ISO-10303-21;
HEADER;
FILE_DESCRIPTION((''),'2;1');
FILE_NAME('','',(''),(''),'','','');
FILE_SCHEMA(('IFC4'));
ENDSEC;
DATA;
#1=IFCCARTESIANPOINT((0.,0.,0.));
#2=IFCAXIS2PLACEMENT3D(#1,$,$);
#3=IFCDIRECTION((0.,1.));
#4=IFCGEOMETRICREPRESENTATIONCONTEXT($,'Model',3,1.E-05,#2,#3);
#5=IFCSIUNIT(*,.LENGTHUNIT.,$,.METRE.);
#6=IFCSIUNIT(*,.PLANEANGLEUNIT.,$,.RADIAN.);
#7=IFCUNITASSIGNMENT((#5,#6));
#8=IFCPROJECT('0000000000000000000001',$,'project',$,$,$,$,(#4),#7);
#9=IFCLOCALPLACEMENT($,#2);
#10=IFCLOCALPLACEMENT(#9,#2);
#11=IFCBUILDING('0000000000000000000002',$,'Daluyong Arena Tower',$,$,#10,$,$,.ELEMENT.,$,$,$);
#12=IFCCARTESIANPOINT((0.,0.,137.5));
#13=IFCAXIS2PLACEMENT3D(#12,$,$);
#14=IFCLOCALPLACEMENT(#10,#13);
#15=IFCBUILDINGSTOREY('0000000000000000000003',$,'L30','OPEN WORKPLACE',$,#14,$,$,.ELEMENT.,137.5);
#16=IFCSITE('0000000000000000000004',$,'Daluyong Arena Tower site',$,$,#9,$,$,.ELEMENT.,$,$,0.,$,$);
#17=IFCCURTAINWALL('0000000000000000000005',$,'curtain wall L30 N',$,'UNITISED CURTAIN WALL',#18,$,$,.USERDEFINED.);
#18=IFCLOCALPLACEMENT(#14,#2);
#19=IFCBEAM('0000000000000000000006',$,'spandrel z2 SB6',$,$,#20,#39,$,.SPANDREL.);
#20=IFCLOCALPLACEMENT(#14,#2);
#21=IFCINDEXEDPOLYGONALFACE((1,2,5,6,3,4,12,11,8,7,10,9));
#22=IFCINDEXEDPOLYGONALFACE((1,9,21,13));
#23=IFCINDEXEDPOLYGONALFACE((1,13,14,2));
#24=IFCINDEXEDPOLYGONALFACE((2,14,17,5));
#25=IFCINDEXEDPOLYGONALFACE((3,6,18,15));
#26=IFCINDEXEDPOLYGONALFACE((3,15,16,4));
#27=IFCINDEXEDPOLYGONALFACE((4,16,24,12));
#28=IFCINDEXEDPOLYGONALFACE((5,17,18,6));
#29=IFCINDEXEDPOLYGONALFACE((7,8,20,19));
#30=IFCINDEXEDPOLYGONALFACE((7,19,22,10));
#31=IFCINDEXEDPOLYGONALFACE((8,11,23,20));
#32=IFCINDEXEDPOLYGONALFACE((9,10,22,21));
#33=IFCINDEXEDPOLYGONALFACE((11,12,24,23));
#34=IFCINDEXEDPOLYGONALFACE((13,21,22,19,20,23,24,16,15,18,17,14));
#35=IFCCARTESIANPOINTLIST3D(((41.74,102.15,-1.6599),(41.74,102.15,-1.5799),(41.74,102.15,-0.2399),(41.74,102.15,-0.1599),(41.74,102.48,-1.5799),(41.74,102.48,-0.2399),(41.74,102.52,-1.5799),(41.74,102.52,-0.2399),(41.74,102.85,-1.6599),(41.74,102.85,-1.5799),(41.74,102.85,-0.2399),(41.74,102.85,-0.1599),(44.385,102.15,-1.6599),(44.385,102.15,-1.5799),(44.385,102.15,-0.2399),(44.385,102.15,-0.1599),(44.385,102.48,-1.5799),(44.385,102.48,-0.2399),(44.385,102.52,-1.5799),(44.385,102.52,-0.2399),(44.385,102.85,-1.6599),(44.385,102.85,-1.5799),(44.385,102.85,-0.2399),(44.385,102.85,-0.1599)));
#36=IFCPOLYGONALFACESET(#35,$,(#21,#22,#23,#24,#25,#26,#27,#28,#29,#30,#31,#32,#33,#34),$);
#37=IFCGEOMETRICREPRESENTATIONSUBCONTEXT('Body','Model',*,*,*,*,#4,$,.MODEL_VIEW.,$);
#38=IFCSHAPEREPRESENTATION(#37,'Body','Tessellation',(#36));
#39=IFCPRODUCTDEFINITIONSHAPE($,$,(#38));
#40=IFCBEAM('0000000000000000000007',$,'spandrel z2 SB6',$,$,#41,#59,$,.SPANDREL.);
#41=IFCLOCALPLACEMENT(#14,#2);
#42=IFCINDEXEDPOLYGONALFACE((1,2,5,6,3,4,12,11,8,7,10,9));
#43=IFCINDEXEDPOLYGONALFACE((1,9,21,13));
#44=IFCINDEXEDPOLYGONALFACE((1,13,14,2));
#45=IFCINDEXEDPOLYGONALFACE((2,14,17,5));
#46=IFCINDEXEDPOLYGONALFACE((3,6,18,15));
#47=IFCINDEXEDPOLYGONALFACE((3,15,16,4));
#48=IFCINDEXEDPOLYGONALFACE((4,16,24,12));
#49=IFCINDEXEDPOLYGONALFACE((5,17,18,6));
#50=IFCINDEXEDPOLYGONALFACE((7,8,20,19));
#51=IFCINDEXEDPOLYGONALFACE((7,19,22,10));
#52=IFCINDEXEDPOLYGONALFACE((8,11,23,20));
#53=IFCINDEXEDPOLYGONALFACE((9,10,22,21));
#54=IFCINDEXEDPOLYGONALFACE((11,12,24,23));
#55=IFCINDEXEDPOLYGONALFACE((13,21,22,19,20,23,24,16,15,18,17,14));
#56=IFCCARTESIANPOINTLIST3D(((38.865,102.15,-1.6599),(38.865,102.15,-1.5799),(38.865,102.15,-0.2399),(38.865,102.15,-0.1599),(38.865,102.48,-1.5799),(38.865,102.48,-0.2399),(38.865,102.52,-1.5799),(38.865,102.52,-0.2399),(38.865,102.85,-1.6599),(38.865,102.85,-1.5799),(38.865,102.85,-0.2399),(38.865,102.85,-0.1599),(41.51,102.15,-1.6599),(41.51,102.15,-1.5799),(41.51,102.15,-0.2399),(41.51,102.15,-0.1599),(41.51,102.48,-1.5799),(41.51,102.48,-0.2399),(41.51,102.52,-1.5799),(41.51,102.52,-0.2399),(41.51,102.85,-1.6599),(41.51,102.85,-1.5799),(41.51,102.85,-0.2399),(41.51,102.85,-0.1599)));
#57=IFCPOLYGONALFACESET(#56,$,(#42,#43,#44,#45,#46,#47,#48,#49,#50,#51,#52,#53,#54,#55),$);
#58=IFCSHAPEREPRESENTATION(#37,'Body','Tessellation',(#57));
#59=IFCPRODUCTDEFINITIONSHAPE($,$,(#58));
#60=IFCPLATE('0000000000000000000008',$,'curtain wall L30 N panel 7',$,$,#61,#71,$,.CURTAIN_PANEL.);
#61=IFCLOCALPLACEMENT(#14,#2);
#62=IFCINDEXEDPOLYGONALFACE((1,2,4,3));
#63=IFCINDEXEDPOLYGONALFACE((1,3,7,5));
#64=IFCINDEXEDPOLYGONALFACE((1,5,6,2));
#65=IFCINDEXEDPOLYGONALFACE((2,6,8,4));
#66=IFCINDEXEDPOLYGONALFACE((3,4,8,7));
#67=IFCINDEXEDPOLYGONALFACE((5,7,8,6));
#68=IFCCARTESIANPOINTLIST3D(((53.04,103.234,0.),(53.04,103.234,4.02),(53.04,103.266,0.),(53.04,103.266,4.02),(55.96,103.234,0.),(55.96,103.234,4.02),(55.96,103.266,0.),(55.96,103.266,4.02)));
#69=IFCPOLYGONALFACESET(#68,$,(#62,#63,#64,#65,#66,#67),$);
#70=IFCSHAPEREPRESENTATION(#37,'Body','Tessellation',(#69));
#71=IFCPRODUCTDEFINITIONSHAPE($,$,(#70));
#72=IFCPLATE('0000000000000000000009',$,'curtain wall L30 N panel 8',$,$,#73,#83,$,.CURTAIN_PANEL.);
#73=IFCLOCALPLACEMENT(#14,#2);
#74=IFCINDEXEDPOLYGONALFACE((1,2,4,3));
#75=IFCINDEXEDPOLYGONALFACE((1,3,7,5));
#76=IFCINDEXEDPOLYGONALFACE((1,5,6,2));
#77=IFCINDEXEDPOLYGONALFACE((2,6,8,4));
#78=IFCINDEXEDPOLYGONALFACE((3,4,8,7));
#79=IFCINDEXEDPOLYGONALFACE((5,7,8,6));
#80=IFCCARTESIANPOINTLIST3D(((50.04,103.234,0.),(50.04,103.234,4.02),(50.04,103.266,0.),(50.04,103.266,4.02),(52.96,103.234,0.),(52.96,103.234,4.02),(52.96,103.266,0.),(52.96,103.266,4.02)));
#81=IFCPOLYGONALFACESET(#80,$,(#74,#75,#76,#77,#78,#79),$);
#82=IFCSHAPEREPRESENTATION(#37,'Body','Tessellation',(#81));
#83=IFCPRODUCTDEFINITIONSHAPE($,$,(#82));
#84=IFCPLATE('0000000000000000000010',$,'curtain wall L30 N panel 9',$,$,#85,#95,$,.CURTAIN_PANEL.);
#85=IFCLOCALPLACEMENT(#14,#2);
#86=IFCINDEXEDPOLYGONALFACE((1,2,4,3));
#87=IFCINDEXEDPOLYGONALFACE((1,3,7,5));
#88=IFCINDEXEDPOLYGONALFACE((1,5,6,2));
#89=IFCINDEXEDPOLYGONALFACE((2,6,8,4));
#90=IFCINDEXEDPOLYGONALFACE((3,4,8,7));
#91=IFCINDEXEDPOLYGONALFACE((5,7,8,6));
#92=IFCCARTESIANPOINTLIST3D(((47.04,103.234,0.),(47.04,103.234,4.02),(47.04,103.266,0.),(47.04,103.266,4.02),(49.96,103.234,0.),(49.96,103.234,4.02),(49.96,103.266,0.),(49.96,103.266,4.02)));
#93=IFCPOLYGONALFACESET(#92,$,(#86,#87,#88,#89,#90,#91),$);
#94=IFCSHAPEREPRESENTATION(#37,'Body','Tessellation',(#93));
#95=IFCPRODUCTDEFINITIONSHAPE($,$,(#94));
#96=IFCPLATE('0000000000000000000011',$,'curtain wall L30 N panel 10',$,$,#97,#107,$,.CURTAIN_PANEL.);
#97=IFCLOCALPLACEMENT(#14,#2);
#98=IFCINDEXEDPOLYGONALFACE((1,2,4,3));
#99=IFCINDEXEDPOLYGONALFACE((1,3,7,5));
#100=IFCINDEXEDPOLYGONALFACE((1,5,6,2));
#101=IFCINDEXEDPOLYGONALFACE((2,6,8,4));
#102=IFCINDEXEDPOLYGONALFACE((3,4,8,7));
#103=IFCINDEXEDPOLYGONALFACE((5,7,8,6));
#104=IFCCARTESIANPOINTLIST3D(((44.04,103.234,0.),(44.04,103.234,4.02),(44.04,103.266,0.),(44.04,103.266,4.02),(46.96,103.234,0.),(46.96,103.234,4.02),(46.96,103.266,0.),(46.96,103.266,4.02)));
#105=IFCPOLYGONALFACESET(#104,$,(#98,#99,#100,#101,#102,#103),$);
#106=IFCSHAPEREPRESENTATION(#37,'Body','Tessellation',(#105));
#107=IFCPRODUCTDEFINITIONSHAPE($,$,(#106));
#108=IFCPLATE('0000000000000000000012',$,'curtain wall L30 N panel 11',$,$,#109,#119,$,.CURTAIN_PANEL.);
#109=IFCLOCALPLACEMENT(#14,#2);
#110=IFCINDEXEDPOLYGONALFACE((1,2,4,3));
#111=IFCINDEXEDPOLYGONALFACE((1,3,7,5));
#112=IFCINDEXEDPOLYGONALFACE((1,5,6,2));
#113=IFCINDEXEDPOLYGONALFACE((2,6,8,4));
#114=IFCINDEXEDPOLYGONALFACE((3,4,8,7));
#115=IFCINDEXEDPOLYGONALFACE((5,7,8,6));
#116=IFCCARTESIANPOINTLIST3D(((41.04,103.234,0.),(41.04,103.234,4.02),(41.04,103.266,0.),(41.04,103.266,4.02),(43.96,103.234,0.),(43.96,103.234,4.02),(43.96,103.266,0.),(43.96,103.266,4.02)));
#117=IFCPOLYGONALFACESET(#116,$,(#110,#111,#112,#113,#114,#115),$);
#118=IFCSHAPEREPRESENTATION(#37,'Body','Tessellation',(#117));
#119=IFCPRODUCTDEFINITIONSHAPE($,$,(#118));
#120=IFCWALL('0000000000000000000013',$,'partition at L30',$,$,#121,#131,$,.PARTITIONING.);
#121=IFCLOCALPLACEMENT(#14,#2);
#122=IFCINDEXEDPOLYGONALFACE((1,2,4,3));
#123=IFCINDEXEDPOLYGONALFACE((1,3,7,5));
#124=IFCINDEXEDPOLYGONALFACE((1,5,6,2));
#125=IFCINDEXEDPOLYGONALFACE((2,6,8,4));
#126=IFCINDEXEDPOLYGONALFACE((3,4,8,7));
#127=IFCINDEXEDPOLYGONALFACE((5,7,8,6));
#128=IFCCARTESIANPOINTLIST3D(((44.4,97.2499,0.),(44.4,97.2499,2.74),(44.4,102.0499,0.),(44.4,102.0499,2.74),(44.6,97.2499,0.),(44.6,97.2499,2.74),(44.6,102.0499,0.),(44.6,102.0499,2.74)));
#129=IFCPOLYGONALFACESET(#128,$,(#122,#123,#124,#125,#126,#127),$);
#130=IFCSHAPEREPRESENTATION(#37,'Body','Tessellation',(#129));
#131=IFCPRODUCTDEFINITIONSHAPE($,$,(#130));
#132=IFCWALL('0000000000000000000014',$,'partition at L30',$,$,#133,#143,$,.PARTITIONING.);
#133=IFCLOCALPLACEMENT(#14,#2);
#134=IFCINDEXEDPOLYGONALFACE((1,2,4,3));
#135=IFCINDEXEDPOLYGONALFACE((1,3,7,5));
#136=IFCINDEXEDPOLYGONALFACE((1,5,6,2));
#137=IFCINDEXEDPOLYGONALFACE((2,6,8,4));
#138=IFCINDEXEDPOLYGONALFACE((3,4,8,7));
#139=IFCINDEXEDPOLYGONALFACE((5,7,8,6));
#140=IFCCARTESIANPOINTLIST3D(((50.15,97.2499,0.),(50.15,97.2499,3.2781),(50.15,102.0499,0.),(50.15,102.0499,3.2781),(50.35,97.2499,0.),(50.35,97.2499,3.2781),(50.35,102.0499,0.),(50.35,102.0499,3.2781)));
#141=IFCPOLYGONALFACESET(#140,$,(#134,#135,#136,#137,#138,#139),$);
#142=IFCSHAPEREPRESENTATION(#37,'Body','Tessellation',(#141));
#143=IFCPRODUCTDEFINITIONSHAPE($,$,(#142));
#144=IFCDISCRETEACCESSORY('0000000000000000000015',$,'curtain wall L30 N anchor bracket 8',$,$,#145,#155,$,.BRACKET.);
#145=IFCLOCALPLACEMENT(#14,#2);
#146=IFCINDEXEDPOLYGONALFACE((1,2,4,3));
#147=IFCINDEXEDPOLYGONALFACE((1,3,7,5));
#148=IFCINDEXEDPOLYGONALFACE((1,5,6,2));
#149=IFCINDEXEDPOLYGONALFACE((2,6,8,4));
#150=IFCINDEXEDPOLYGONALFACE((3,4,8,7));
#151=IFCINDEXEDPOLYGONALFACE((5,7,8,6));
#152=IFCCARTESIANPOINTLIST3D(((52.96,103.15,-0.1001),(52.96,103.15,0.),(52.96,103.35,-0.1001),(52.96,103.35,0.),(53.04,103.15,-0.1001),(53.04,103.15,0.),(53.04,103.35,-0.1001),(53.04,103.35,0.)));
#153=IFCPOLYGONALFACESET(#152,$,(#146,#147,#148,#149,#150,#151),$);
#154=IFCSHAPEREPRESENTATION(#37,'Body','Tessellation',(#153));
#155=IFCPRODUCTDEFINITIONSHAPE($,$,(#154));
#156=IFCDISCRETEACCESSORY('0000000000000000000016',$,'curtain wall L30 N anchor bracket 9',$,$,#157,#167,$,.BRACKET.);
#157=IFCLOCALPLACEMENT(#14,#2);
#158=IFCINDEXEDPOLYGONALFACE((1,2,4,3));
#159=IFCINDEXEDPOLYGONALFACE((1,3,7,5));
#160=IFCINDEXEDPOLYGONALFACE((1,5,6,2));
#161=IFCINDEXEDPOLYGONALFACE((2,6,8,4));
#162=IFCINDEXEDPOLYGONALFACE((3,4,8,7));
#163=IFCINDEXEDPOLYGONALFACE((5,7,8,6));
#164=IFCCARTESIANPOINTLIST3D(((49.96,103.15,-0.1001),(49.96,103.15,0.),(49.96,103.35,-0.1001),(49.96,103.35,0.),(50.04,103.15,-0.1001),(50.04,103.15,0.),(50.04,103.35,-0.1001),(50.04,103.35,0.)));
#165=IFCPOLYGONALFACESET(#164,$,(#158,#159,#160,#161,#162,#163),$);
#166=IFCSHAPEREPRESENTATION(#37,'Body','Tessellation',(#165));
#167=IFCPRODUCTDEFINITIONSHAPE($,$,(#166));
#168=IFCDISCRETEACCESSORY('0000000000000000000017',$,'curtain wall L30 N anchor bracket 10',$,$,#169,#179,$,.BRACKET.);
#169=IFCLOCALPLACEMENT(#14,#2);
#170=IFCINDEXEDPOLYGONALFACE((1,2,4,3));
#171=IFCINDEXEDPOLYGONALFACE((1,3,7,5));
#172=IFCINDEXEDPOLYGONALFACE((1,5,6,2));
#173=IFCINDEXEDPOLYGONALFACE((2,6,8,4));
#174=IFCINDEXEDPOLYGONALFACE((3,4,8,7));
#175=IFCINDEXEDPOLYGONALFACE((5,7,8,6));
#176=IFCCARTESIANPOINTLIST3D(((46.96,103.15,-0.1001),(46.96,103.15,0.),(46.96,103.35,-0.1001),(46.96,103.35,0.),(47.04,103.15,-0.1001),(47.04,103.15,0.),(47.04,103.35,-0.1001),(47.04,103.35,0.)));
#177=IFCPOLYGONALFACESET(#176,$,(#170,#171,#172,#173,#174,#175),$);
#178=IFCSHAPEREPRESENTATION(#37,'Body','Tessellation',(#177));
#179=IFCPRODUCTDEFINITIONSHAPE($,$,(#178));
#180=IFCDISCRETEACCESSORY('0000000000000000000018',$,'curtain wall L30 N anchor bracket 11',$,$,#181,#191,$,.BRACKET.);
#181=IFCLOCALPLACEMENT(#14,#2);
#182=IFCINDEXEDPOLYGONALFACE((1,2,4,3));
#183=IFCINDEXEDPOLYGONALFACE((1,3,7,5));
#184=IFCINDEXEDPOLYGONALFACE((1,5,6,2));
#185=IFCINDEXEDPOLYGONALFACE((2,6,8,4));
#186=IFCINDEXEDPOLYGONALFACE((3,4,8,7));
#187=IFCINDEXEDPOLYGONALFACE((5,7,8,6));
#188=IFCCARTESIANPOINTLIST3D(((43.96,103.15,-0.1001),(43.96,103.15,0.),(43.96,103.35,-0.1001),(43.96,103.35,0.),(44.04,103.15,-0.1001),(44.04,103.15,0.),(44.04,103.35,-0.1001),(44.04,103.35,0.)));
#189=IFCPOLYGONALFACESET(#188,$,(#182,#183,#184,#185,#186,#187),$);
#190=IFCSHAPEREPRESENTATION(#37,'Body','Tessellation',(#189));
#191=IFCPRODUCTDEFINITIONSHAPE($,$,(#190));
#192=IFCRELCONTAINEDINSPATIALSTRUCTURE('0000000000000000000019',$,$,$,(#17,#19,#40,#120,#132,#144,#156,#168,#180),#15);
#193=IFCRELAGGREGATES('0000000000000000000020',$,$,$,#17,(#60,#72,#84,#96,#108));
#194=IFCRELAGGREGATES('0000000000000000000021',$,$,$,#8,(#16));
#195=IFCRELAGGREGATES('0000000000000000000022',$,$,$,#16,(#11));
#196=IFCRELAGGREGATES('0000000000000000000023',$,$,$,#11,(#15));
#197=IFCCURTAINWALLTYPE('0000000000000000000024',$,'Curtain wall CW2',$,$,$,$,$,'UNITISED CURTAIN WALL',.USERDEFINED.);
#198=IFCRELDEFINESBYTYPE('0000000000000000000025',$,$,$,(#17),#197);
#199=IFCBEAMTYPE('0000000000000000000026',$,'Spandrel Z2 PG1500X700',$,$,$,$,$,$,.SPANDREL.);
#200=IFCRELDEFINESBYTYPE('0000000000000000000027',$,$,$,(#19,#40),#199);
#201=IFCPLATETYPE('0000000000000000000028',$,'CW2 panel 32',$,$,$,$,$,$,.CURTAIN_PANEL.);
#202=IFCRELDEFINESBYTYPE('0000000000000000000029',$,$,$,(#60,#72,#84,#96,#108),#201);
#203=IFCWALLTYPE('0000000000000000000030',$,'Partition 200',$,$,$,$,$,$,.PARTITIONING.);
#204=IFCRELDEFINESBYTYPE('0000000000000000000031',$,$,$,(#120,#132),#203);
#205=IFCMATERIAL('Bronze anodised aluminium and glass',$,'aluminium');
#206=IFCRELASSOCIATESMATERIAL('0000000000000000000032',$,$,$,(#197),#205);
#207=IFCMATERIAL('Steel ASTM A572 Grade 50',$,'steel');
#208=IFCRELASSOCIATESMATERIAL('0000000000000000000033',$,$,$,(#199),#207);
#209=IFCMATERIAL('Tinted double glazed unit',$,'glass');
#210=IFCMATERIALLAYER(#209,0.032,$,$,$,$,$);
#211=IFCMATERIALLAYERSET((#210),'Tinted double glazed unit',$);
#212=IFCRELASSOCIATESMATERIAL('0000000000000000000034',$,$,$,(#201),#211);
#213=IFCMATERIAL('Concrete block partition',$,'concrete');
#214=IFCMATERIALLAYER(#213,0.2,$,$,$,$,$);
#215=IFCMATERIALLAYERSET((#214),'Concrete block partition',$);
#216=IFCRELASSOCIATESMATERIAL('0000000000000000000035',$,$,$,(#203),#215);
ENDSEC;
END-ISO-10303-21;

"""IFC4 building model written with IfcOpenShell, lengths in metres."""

from ifc_helpers import new_model, si_unit, direction, frame, frame_2d, origin, origin_2d, place, context, subcontext, project, spatial, rectangle, i_section, extrude, material, layer, layer_set, material_profile, profile_set, type_object, element, aggregate, save


model = new_model("IFC4")

# Units and contexts
model_context = context("Model", 3, precision=1e-05, world=origin(), true_north=direction((0.0, 1.0)))
body_context = subcontext(model_context, "Body", "Model", "MODEL_VIEW")
ifc_project = project(units=[si_unit("LENGTHUNIT", "METRE"), si_unit("PLANEANGLEUNIT", "RADIAN")], contexts=[model_context])

# Site, building, storey
site_placement = place(None, origin())
site = spatial("IfcSite", under=ifc_project, at=site_placement, Name="Daluyong Arena Tower site", CompositionType="ELEMENT", RefElevation=0.0)
building_placement = place(site_placement, origin())
building = spatial("IfcBuilding", under=site, at=building_placement, Name="Daluyong Arena Tower", CompositionType="ELEMENT")
storey_placement = place(building_placement, frame((0.0, 0.0, 137.5)))
storey = spatial("IfcBuildingStorey", under=building, at=storey_placement, Name="L30", Description="OPEN WORKPLACE", CompositionType="ELEMENT", Elevation=137.5)

# Curtain wall
ifc_material_1 = material(Name="Bronze anodised aluminium and glass", Category="aluminium")
curtain_wall_type = type_object("IfcCurtainWallType", Name="Curtain wall CW2", ElementType="UNITISED CURTAIN WALL", PredefinedType="USERDEFINED", material=ifc_material_1)
curtain_wall_placement = place(storey_placement, origin())
curtain_wall = element("IfcCurtainWall", 1, at=curtain_wall_placement, inside=storey, type_object=curtain_wall_type, Name="curtain wall L30 N", ObjectType="UNITISED CURTAIN WALL", PredefinedType="USERDEFINED")

# Beams
ifc_material_2 = material(Name="Steel ASTM A572 Grade 50", Category="steel")
ifc_material_profile_1 = material_profile(ifc_material_2, i_section(OverallWidth=0.7, OverallDepth=1.5, WebThickness=0.04, FlangeThickness=0.08, at=origin_2d()))
ifc_profile_set_1 = profile_set([ifc_material_profile_1], Name="Steel ASTM A572 Grade 50")
beam_type_1 = type_object("IfcBeamType", Name="Spandrel Z2 PG1500X700", PredefinedType="SPANDREL", material=ifc_profile_set_1)
for number, where, z_axis, x_axis, name in (
    (2, (44.385, 102.5, -0.9099), (-1.0, 0.0, 0.0), (0.0, -1.0, 0.0), "spandrel z2 SB6"),
    (3, (41.51, 102.5, -0.9099), (-1.0, 0.0, 0.0), (0.0, -1.0, 0.0), "spandrel z2 SB6"),
):
    element("IfcBeam", number, at=place(storey_placement, frame(where, z_axis=z_axis, x_axis=x_axis)), inside=storey, type_object=beam_type_1, Name=name, PredefinedType="SPANDREL", context=body_context, shape_type="SweptSolid", body=[
        extrude(i_section(OverallWidth=0.7, OverallDepth=1.5, WebThickness=0.04, FlangeThickness=0.08, at=origin_2d()), origin(), (0.0, 0.0, 1.0), 2.645),
    ])

# Plates
ifc_material_3 = material(Name="Tinted double glazed unit", Category="glass")
ifc_layer_1 = layer(ifc_material_3, 0.032)
ifc_layer_set_1 = layer_set([ifc_layer_1], Name="Tinted double glazed unit")
plate_type = type_object("IfcPlateType", Name="CW2 panel 32", PredefinedType="CURTAIN_PANEL", material=ifc_layer_set_1)
plate_1_placement = place(storey_placement, frame((54.5, 103.25, 0.0), z_axis=(0.0, 0.0, 1.0), x_axis=(-1.0, 0.0, 0.0)))
plate_1 = element("IfcPlate", 4, at=plate_1_placement, type_object=plate_type, Name="curtain wall L30 N panel 7", PredefinedType="CURTAIN_PANEL", context=body_context, shape_type="SweptSolid", body=[
    extrude(rectangle(XDim=2.9199, YDim=0.032, at=origin_2d()), origin(), (0.0, 0.0, 1.0), 4.02),
])
plate_2_placement = place(storey_placement, frame((51.5, 103.25, 0.0), z_axis=(0.0, 0.0, 1.0), x_axis=(-1.0, 0.0, 0.0)))
plate_2 = element("IfcPlate", 5, at=plate_2_placement, type_object=plate_type, Name="curtain wall L30 N panel 8", PredefinedType="CURTAIN_PANEL", context=body_context, shape_type="SweptSolid", body=[
    extrude(rectangle(XDim=2.9199, YDim=0.032, at=origin_2d()), origin(), (0.0, 0.0, 1.0), 4.02),
])
plate_3_placement = place(storey_placement, frame((48.5, 103.25, 0.0), z_axis=(0.0, 0.0, 1.0), x_axis=(-1.0, 0.0, 0.0)))
plate_3 = element("IfcPlate", 6, at=plate_3_placement, type_object=plate_type, Name="curtain wall L30 N panel 9", PredefinedType="CURTAIN_PANEL", context=body_context, shape_type="SweptSolid", body=[
    extrude(rectangle(XDim=2.9199, YDim=0.032, at=origin_2d()), origin(), (0.0, 0.0, 1.0), 4.02),
])
plate_4_placement = place(storey_placement, frame((45.5, 103.25, 0.0), z_axis=(0.0, 0.0, 1.0), x_axis=(-1.0, 0.0, 0.0)))
plate_4 = element("IfcPlate", 7, at=plate_4_placement, type_object=plate_type, Name="curtain wall L30 N panel 10", PredefinedType="CURTAIN_PANEL", context=body_context, shape_type="SweptSolid", body=[
    extrude(rectangle(XDim=2.9199, YDim=0.032, at=origin_2d()), origin(), (0.0, 0.0, 1.0), 4.02),
])
plate_5_placement = place(storey_placement, frame((42.5, 103.25, 0.0), z_axis=(0.0, 0.0, 1.0), x_axis=(-1.0, 0.0, 0.0)))
plate_5 = element("IfcPlate", 8, at=plate_5_placement, type_object=plate_type, Name="curtain wall L30 N panel 11", PredefinedType="CURTAIN_PANEL", context=body_context, shape_type="SweptSolid", body=[
    extrude(rectangle(XDim=2.9199, YDim=0.032, at=origin_2d()), origin(), (0.0, 0.0, 1.0), 4.02),
])
aggregate(curtain_wall, [plate_1, plate_2, plate_3, plate_4, plate_5])

# Walls
ifc_material_4 = material(Name="Concrete block partition", Category="concrete")
ifc_layer_2 = layer(ifc_material_4, 0.2)
ifc_layer_set_2 = layer_set([ifc_layer_2], Name="Concrete block partition")
wall_type = type_object("IfcWallType", Name="Partition 200", PredefinedType="PARTITIONING", material=ifc_layer_set_2)
wall_1_placement = place(storey_placement, frame((44.5, 97.25, 0.0), z_axis=(0.0, 0.0, 1.0), x_axis=(0.0, 1.0, 0.0)))
element("IfcWall", 9, at=wall_1_placement, inside=storey, type_object=wall_type, Name="partition at L30", PredefinedType="PARTITIONING", context=body_context, shape_type="SweptSolid", body=[
    extrude(rectangle(XDim=4.8, YDim=0.2, at=frame_2d((2.3999, 0.0))), origin(), (0.0, 0.0, 1.0), 2.74),
])
wall_2_placement = place(storey_placement, frame((50.25, 97.25, 0.0), z_axis=(0.0, 0.0, 1.0), x_axis=(0.0, 1.0, 0.0)))
element("IfcWall", 10, at=wall_2_placement, inside=storey, type_object=wall_type, Name="partition at L30", PredefinedType="PARTITIONING", context=body_context, shape_type="SweptSolid", body=[
    extrude(rectangle(XDim=4.8, YDim=0.2, at=frame_2d((2.3999, 0.0))), origin(), (0.0, 0.0, 1.0), 3.2781),
])

# Discrete accessories
for number, where, z_axis, x_axis, name in (
    (11, (53.0, 103.25, -0.1001), (0.0, 0.0, 1.0), (-1.0, 0.0, 0.0), "curtain wall L30 N anchor bracket 8"),
    (12, (50.0, 103.25, -0.1001), (0.0, 0.0, 1.0), (-1.0, 0.0, 0.0), "curtain wall L30 N anchor bracket 9"),
    (13, (47.0, 103.25, -0.1001), (0.0, 0.0, 1.0), (-1.0, 0.0, 0.0), "curtain wall L30 N anchor bracket 10"),
    (14, (44.0, 103.25, -0.1001), (0.0, 0.0, 1.0), (-1.0, 0.0, 0.0), "curtain wall L30 N anchor bracket 11"),
):
    element("IfcDiscreteAccessory", number, at=place(storey_placement, frame(where, z_axis=z_axis, x_axis=x_axis)), inside=storey, Name=name, PredefinedType="BRACKET", context=body_context, shape_type="SweptSolid", body=[
        extrude(rectangle(XDim=0.0801, YDim=0.2, at=origin_2d()), origin(), (0.0, 0.0, 1.0), 0.1001),
    ])

save(model, "model.ifc")
